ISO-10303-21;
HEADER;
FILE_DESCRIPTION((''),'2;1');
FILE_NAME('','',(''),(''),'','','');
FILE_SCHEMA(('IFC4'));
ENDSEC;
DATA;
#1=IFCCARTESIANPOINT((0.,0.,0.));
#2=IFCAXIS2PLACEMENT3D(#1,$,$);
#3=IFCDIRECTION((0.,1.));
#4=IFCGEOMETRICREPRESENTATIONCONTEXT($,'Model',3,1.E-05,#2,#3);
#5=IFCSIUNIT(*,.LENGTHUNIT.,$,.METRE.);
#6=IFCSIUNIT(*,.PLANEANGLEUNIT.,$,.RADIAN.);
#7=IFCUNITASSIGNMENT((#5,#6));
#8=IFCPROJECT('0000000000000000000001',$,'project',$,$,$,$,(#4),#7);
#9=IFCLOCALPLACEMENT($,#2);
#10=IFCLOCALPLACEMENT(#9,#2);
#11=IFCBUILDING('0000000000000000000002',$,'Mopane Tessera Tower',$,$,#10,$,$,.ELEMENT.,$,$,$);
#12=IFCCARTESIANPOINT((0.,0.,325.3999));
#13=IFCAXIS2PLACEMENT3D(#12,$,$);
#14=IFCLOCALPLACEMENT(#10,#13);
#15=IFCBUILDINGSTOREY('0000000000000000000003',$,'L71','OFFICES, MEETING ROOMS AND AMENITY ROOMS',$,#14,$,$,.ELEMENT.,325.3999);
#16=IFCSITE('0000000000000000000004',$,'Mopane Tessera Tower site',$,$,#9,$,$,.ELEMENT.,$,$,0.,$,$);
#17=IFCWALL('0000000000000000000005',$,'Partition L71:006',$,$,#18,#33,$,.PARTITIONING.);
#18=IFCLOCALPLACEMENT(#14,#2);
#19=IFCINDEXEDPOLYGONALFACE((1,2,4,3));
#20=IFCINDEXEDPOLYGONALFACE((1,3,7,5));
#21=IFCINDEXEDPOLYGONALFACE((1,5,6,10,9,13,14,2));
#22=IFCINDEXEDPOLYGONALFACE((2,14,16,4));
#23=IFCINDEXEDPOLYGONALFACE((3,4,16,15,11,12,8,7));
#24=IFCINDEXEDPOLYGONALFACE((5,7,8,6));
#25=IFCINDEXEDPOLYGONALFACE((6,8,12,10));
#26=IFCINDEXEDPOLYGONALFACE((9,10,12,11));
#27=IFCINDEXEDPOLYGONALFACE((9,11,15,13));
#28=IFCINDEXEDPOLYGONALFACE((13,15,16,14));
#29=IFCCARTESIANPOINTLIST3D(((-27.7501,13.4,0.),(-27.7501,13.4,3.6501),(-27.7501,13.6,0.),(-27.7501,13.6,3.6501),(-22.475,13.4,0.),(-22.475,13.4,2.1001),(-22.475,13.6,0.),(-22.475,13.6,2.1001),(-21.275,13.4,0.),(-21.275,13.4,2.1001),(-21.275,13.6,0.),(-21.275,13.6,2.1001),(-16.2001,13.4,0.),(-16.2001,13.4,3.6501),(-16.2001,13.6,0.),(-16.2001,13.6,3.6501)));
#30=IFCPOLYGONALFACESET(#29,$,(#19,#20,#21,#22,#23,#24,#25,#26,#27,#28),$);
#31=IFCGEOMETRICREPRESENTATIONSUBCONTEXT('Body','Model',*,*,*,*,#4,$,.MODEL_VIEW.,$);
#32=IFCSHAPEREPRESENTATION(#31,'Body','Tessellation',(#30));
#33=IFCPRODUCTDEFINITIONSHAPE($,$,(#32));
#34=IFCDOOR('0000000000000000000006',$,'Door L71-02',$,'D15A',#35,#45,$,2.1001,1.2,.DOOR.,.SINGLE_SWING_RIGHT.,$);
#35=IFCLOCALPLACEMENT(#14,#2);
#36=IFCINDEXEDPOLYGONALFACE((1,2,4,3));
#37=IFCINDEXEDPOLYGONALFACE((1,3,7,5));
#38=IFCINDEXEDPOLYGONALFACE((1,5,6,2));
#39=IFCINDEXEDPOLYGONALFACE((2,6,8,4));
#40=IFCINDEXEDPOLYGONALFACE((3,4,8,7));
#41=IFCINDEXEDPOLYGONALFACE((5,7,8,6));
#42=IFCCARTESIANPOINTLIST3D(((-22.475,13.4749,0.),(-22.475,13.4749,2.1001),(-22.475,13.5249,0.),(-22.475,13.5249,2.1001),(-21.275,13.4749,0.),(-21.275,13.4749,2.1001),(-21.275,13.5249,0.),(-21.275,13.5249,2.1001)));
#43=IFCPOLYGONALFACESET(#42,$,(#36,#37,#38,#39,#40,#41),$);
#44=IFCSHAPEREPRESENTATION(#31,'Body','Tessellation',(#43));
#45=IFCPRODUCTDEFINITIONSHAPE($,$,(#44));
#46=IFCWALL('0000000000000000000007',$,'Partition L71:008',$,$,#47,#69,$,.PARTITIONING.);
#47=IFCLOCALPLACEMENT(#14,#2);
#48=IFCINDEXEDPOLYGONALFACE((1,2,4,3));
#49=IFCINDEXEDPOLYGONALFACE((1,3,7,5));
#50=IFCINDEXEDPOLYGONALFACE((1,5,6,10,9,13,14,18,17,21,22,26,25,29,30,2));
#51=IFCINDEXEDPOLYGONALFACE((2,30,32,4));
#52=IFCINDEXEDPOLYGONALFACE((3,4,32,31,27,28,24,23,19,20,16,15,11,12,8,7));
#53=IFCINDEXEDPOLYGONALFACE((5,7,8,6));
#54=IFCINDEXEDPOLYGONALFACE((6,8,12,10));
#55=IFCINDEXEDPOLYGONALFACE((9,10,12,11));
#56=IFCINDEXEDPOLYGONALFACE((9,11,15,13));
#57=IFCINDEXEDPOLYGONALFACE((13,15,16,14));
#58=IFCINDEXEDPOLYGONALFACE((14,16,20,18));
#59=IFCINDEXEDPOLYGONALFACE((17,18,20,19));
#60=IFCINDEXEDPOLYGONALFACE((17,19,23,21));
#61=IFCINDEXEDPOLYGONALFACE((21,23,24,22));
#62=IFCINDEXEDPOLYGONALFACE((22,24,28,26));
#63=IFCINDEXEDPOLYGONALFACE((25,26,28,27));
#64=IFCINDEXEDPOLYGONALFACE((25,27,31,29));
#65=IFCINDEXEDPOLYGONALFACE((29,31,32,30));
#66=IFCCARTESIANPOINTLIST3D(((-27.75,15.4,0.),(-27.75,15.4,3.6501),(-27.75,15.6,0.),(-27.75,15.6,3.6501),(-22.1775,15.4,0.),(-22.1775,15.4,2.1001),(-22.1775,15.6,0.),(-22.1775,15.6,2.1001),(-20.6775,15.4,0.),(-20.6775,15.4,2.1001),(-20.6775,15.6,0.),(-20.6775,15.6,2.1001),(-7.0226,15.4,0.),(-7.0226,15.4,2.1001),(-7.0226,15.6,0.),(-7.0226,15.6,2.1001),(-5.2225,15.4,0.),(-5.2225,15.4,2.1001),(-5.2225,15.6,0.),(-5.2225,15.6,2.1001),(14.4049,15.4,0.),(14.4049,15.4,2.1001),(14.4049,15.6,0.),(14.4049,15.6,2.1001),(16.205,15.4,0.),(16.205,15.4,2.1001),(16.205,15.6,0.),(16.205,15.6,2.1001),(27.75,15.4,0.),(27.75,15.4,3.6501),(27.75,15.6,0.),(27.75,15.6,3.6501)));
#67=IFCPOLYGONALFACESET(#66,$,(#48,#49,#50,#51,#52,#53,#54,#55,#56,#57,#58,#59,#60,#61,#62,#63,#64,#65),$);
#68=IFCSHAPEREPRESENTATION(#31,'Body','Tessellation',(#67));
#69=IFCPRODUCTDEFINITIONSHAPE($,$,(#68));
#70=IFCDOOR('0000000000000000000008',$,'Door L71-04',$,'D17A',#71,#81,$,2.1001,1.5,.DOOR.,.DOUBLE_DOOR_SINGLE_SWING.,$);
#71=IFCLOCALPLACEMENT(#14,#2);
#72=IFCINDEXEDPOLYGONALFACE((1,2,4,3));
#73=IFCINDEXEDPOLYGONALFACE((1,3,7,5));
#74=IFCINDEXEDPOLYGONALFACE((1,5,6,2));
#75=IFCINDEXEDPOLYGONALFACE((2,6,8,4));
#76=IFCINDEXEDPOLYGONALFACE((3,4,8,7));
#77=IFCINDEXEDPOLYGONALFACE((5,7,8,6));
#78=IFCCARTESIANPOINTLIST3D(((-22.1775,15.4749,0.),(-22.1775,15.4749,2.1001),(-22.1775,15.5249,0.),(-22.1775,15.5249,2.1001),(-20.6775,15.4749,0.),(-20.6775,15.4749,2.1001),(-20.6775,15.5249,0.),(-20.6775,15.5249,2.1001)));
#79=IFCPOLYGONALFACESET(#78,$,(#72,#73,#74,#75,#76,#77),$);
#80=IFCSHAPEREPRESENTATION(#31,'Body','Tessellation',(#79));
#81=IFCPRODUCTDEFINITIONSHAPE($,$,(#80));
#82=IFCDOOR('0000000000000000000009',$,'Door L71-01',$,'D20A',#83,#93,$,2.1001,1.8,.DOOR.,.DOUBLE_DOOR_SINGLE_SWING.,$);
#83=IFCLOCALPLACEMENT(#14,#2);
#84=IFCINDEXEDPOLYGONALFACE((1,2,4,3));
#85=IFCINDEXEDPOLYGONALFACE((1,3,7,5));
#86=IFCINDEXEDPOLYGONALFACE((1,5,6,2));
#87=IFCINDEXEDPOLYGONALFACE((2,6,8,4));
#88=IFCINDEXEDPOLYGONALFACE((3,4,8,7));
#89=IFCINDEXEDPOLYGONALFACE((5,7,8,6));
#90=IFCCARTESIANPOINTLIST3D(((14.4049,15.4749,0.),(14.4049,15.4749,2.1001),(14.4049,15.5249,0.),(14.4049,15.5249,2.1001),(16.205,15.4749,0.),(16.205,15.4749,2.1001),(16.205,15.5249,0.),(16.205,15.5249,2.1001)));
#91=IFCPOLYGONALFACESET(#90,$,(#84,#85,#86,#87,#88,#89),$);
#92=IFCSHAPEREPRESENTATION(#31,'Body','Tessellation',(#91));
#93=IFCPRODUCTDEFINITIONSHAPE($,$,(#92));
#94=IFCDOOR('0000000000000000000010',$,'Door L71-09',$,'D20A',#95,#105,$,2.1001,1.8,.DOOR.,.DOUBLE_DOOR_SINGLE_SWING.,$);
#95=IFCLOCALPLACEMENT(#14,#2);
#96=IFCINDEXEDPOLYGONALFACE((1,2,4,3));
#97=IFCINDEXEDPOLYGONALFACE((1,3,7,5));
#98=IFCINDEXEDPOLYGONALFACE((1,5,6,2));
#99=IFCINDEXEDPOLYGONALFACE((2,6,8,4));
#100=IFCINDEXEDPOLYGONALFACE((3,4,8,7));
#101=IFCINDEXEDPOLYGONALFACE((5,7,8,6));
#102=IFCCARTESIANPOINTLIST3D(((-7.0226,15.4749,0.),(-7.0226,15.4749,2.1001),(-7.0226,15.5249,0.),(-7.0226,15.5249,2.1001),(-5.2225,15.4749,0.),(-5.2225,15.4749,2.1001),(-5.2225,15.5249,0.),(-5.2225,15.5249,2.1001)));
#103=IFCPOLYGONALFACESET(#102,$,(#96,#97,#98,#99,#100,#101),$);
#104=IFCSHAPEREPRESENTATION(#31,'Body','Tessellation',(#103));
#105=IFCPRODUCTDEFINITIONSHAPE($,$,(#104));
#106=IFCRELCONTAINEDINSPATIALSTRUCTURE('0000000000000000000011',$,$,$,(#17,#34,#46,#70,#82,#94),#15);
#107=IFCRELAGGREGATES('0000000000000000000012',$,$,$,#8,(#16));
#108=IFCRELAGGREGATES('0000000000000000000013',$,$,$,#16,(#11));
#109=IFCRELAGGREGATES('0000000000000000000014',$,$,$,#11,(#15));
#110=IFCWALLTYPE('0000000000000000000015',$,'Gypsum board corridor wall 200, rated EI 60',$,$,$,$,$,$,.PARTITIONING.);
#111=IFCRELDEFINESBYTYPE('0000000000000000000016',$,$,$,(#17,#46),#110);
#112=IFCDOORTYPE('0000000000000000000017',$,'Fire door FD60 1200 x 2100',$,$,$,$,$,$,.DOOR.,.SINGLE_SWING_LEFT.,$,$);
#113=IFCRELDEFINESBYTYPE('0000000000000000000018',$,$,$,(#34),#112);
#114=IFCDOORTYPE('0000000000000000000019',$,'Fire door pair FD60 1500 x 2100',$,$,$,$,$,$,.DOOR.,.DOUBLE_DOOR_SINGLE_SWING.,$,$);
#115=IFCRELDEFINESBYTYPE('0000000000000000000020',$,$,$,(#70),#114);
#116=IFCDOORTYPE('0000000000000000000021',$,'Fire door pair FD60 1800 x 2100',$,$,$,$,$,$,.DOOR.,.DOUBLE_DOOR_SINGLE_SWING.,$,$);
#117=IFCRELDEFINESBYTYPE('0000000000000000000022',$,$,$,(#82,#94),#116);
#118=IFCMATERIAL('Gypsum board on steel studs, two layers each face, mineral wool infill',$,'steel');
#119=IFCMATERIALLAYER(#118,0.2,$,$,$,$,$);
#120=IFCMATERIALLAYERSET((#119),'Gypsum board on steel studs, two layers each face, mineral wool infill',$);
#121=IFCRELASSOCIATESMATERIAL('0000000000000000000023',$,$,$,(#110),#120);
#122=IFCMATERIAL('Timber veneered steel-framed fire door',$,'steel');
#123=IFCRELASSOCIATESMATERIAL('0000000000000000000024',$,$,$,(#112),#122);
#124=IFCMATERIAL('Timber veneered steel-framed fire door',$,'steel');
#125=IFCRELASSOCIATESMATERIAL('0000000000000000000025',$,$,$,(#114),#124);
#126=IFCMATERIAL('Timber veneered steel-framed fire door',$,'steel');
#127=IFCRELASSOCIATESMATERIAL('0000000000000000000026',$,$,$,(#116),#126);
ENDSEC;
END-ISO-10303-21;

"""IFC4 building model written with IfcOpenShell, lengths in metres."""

from ifc_helpers import new_model, si_unit, direction, frame, frame_2d, origin, place, context, subcontext, project, spatial, rectangle, extrude, material, layer, layer_set, type_object, element, fill, save


model = new_model("IFC4")

# Units and contexts
model_context = context("Model", 3, precision=1e-05, world=origin(), true_north=direction((0.0, 1.0)))
body_context = subcontext(model_context, "Body", "Model", "MODEL_VIEW")
ifc_project = project(units=[si_unit("LENGTHUNIT", "METRE"), si_unit("PLANEANGLEUNIT", "RADIAN")], contexts=[model_context])

# Site, building, storey
site_placement = place(None, origin())
site = spatial("IfcSite", under=ifc_project, at=site_placement, Name="Mopane Tessera Tower site", CompositionType="ELEMENT", RefElevation=0.0)
building_placement = place(site_placement, origin())
building = spatial("IfcBuilding", under=site, at=building_placement, Name="Mopane Tessera Tower", CompositionType="ELEMENT")
storey_placement = place(building_placement, frame((0.0, 0.0, 325.3999)))
storey = spatial("IfcBuildingStorey", under=building, at=storey_placement, Name="L71", Description="OFFICES, MEETING ROOMS AND AMENITY ROOMS", CompositionType="ELEMENT", Elevation=325.3999)

# Wall, opening, door
ifc_material_1 = material(Name="Gypsum board on steel studs, two layers each face, mineral wool infill", Category="steel")
ifc_layer_1 = layer(ifc_material_1, 0.2)
ifc_layer_set_1 = layer_set([ifc_layer_1], Name="Gypsum board on steel studs, two layers each face, mineral wool infill")
wall_type_1 = type_object("IfcWallType", Name="Gypsum board corridor wall 200, rated EI 60", PredefinedType="PARTITIONING", material=ifc_layer_set_1)
wall_1_placement = place(storey_placement, frame((-27.75, 13.5, 0.0), z_axis=(0.0, 0.0, 1.0), x_axis=(1.0, 0.0, 0.0)))
wall_1 = element("IfcWall", 1, at=wall_1_placement, inside=storey, type_object=wall_type_1, Name="Partition L71:006", PredefinedType="PARTITIONING", context=body_context, shape_type="SweptSolid", body=[
    extrude(rectangle(XDim=11.55, YDim=0.2, at=frame_2d((5.7749, 0.0))), origin(), (0.0, 0.0, 1.0), 3.6501),
])
opening_1_placement = place(wall_1_placement, frame((5.2749, 0.0, 0.0)))
opening_1 = element("IfcOpeningElement", 2, at=opening_1_placement, cuts=wall_1, PredefinedType="OPENING", context=body_context, shape_type="SweptSolid", body=[
    extrude(rectangle(XDim=1.2, YDim=2.1001, at=frame_2d((0.6001, 1.05))), frame((0.0, 0.1121, 0.0), z_axis=(0.0, -1.0, 0.0), x_axis=(1.0, 0.0, 0.0)), (0.0, 0.0, 1.0), 0.2239),
])
ifc_material_2 = material(Name="Timber veneered steel-framed fire door", Category="steel")
door_type_1 = type_object("IfcDoorType", Name="Fire door FD60 1200 x 2100", OperationType="SINGLE_SWING_LEFT", PredefinedType="DOOR", material=ifc_material_2)
door_1_placement = place(opening_1_placement, origin())
door_1 = element("IfcDoor", 3, at=door_1_placement, inside=storey, type_object=door_type_1, Name="Door L71-02", ObjectType="D15A", OperationType="SINGLE_SWING_RIGHT", OverallHeight=2.1001, OverallWidth=1.2, PredefinedType="DOOR", context=body_context, shape_type="SweptSolid", body=[
    extrude(rectangle(XDim=1.2, YDim=2.1001, at=frame_2d((0.6001, 1.05))), frame((0.0, 0.0249, 0.0), z_axis=(0.0, -1.0, 0.0), x_axis=(1.0, 0.0, 0.0)), (0.0, 0.0, 1.0), 0.05),
])
fill(opening_1, door_1)

# Wall, openings, doors
wall_2_placement = place(storey_placement, frame((-27.75, 15.5, 0.0), z_axis=(0.0, 0.0, 1.0), x_axis=(1.0, 0.0, 0.0)))
wall_2 = element("IfcWall", 4, at=wall_2_placement, inside=storey, type_object=wall_type_1, Name="Partition L71:008", PredefinedType="PARTITIONING", context=body_context, shape_type="SweptSolid", body=[
    extrude(rectangle(XDim=55.5, YDim=0.2, at=frame_2d((27.75, 0.0))), origin(), (0.0, 0.0, 1.0), 3.6501),
])
opening_2_placement = place(wall_2_placement, frame((42.155, 0.0, 0.0)))
opening_2 = element("IfcOpeningElement", 5, at=opening_2_placement, cuts=wall_2, PredefinedType="OPENING", context=body_context, shape_type="SweptSolid", body=[
    extrude(rectangle(XDim=1.8, YDim=2.1001, at=frame_2d((0.8999, 1.05))), frame((0.0, 0.1121, 0.0), z_axis=(0.0, -1.0, 0.0), x_axis=(1.0, 0.0, 0.0)), (0.0, 0.0, 1.0), 0.2239),
])
opening_3_placement = place(wall_2_placement, frame((5.5725, 0.0, 0.0)))
opening_3 = element("IfcOpeningElement", 6, at=opening_3_placement, cuts=wall_2, PredefinedType="OPENING", context=body_context, shape_type="SweptSolid", body=[
    extrude(rectangle(XDim=1.5, YDim=2.1001, at=frame_2d((0.75, 1.05))), frame((0.0, 0.1121, 0.0), z_axis=(0.0, -1.0, 0.0), x_axis=(1.0, 0.0, 0.0)), (0.0, 0.0, 1.0), 0.2239),
])
opening_4_placement = place(wall_2_placement, frame((20.7275, 0.0, 0.0)))
opening_4 = element("IfcOpeningElement", 7, at=opening_4_placement, cuts=wall_2, PredefinedType="OPENING", context=body_context, shape_type="SweptSolid", body=[
    extrude(rectangle(XDim=1.8, YDim=2.1001, at=frame_2d((0.8999, 1.05))), frame((0.0, 0.1121, 0.0), z_axis=(0.0, -1.0, 0.0), x_axis=(1.0, 0.0, 0.0)), (0.0, 0.0, 1.0), 0.2239),
])
ifc_material_3 = material(Name="Timber veneered steel-framed fire door", Category="steel")
door_type_2 = type_object("IfcDoorType", Name="Fire door pair FD60 1500 x 2100", OperationType="DOUBLE_DOOR_SINGLE_SWING", PredefinedType="DOOR", material=ifc_material_3)
door_2_placement = place(opening_3_placement, origin())
door_2 = element("IfcDoor", 8, at=door_2_placement, inside=storey, type_object=door_type_2, Name="Door L71-04", ObjectType="D17A", OperationType="DOUBLE_DOOR_SINGLE_SWING", OverallHeight=2.1001, OverallWidth=1.5, PredefinedType="DOOR", context=body_context, shape_type="SweptSolid", body=[
    extrude(rectangle(XDim=1.5, YDim=2.1001, at=frame_2d((0.75, 1.05))), frame((0.0, 0.0249, 0.0), z_axis=(0.0, -1.0, 0.0), x_axis=(1.0, 0.0, 0.0)), (0.0, 0.0, 1.0), 0.05),
])
fill(opening_3, door_2)
ifc_material_4 = material(Name="Timber veneered steel-framed fire door", Category="steel")
door_type_3 = type_object("IfcDoorType", Name="Fire door pair FD60 1800 x 2100", OperationType="DOUBLE_DOOR_SINGLE_SWING", PredefinedType="DOOR", material=ifc_material_4)
door_3_placement = place(opening_2_placement, origin())
door_3 = element("IfcDoor", 9, at=door_3_placement, inside=storey, type_object=door_type_3, Name="Door L71-01", ObjectType="D20A", OperationType="DOUBLE_DOOR_SINGLE_SWING", OverallHeight=2.1001, OverallWidth=1.8, PredefinedType="DOOR", context=body_context, shape_type="SweptSolid", body=[
    extrude(rectangle(XDim=1.8, YDim=2.1001, at=frame_2d((0.8999, 1.05))), frame((0.0, 0.0249, 0.0), z_axis=(0.0, -1.0, 0.0), x_axis=(1.0, 0.0, 0.0)), (0.0, 0.0, 1.0), 0.05),
])
fill(opening_2, door_3)
door_4_placement = place(opening_4_placement, origin())
door_4 = element("IfcDoor", 10, at=door_4_placement, inside=storey, type_object=door_type_3, Name="Door L71-09", ObjectType="D20A", OperationType="DOUBLE_DOOR_SINGLE_SWING", OverallHeight=2.1001, OverallWidth=1.8, PredefinedType="DOOR", context=body_context, shape_type="SweptSolid", body=[
    extrude(rectangle(XDim=1.8, YDim=2.1001, at=frame_2d((0.8999, 1.05))), frame((0.0, 0.0249, 0.0), z_axis=(0.0, -1.0, 0.0), x_axis=(1.0, 0.0, 0.0)), (0.0, 0.0, 1.0), 0.05),
])
fill(opening_4, door_4)

save(model, "model.ifc")
